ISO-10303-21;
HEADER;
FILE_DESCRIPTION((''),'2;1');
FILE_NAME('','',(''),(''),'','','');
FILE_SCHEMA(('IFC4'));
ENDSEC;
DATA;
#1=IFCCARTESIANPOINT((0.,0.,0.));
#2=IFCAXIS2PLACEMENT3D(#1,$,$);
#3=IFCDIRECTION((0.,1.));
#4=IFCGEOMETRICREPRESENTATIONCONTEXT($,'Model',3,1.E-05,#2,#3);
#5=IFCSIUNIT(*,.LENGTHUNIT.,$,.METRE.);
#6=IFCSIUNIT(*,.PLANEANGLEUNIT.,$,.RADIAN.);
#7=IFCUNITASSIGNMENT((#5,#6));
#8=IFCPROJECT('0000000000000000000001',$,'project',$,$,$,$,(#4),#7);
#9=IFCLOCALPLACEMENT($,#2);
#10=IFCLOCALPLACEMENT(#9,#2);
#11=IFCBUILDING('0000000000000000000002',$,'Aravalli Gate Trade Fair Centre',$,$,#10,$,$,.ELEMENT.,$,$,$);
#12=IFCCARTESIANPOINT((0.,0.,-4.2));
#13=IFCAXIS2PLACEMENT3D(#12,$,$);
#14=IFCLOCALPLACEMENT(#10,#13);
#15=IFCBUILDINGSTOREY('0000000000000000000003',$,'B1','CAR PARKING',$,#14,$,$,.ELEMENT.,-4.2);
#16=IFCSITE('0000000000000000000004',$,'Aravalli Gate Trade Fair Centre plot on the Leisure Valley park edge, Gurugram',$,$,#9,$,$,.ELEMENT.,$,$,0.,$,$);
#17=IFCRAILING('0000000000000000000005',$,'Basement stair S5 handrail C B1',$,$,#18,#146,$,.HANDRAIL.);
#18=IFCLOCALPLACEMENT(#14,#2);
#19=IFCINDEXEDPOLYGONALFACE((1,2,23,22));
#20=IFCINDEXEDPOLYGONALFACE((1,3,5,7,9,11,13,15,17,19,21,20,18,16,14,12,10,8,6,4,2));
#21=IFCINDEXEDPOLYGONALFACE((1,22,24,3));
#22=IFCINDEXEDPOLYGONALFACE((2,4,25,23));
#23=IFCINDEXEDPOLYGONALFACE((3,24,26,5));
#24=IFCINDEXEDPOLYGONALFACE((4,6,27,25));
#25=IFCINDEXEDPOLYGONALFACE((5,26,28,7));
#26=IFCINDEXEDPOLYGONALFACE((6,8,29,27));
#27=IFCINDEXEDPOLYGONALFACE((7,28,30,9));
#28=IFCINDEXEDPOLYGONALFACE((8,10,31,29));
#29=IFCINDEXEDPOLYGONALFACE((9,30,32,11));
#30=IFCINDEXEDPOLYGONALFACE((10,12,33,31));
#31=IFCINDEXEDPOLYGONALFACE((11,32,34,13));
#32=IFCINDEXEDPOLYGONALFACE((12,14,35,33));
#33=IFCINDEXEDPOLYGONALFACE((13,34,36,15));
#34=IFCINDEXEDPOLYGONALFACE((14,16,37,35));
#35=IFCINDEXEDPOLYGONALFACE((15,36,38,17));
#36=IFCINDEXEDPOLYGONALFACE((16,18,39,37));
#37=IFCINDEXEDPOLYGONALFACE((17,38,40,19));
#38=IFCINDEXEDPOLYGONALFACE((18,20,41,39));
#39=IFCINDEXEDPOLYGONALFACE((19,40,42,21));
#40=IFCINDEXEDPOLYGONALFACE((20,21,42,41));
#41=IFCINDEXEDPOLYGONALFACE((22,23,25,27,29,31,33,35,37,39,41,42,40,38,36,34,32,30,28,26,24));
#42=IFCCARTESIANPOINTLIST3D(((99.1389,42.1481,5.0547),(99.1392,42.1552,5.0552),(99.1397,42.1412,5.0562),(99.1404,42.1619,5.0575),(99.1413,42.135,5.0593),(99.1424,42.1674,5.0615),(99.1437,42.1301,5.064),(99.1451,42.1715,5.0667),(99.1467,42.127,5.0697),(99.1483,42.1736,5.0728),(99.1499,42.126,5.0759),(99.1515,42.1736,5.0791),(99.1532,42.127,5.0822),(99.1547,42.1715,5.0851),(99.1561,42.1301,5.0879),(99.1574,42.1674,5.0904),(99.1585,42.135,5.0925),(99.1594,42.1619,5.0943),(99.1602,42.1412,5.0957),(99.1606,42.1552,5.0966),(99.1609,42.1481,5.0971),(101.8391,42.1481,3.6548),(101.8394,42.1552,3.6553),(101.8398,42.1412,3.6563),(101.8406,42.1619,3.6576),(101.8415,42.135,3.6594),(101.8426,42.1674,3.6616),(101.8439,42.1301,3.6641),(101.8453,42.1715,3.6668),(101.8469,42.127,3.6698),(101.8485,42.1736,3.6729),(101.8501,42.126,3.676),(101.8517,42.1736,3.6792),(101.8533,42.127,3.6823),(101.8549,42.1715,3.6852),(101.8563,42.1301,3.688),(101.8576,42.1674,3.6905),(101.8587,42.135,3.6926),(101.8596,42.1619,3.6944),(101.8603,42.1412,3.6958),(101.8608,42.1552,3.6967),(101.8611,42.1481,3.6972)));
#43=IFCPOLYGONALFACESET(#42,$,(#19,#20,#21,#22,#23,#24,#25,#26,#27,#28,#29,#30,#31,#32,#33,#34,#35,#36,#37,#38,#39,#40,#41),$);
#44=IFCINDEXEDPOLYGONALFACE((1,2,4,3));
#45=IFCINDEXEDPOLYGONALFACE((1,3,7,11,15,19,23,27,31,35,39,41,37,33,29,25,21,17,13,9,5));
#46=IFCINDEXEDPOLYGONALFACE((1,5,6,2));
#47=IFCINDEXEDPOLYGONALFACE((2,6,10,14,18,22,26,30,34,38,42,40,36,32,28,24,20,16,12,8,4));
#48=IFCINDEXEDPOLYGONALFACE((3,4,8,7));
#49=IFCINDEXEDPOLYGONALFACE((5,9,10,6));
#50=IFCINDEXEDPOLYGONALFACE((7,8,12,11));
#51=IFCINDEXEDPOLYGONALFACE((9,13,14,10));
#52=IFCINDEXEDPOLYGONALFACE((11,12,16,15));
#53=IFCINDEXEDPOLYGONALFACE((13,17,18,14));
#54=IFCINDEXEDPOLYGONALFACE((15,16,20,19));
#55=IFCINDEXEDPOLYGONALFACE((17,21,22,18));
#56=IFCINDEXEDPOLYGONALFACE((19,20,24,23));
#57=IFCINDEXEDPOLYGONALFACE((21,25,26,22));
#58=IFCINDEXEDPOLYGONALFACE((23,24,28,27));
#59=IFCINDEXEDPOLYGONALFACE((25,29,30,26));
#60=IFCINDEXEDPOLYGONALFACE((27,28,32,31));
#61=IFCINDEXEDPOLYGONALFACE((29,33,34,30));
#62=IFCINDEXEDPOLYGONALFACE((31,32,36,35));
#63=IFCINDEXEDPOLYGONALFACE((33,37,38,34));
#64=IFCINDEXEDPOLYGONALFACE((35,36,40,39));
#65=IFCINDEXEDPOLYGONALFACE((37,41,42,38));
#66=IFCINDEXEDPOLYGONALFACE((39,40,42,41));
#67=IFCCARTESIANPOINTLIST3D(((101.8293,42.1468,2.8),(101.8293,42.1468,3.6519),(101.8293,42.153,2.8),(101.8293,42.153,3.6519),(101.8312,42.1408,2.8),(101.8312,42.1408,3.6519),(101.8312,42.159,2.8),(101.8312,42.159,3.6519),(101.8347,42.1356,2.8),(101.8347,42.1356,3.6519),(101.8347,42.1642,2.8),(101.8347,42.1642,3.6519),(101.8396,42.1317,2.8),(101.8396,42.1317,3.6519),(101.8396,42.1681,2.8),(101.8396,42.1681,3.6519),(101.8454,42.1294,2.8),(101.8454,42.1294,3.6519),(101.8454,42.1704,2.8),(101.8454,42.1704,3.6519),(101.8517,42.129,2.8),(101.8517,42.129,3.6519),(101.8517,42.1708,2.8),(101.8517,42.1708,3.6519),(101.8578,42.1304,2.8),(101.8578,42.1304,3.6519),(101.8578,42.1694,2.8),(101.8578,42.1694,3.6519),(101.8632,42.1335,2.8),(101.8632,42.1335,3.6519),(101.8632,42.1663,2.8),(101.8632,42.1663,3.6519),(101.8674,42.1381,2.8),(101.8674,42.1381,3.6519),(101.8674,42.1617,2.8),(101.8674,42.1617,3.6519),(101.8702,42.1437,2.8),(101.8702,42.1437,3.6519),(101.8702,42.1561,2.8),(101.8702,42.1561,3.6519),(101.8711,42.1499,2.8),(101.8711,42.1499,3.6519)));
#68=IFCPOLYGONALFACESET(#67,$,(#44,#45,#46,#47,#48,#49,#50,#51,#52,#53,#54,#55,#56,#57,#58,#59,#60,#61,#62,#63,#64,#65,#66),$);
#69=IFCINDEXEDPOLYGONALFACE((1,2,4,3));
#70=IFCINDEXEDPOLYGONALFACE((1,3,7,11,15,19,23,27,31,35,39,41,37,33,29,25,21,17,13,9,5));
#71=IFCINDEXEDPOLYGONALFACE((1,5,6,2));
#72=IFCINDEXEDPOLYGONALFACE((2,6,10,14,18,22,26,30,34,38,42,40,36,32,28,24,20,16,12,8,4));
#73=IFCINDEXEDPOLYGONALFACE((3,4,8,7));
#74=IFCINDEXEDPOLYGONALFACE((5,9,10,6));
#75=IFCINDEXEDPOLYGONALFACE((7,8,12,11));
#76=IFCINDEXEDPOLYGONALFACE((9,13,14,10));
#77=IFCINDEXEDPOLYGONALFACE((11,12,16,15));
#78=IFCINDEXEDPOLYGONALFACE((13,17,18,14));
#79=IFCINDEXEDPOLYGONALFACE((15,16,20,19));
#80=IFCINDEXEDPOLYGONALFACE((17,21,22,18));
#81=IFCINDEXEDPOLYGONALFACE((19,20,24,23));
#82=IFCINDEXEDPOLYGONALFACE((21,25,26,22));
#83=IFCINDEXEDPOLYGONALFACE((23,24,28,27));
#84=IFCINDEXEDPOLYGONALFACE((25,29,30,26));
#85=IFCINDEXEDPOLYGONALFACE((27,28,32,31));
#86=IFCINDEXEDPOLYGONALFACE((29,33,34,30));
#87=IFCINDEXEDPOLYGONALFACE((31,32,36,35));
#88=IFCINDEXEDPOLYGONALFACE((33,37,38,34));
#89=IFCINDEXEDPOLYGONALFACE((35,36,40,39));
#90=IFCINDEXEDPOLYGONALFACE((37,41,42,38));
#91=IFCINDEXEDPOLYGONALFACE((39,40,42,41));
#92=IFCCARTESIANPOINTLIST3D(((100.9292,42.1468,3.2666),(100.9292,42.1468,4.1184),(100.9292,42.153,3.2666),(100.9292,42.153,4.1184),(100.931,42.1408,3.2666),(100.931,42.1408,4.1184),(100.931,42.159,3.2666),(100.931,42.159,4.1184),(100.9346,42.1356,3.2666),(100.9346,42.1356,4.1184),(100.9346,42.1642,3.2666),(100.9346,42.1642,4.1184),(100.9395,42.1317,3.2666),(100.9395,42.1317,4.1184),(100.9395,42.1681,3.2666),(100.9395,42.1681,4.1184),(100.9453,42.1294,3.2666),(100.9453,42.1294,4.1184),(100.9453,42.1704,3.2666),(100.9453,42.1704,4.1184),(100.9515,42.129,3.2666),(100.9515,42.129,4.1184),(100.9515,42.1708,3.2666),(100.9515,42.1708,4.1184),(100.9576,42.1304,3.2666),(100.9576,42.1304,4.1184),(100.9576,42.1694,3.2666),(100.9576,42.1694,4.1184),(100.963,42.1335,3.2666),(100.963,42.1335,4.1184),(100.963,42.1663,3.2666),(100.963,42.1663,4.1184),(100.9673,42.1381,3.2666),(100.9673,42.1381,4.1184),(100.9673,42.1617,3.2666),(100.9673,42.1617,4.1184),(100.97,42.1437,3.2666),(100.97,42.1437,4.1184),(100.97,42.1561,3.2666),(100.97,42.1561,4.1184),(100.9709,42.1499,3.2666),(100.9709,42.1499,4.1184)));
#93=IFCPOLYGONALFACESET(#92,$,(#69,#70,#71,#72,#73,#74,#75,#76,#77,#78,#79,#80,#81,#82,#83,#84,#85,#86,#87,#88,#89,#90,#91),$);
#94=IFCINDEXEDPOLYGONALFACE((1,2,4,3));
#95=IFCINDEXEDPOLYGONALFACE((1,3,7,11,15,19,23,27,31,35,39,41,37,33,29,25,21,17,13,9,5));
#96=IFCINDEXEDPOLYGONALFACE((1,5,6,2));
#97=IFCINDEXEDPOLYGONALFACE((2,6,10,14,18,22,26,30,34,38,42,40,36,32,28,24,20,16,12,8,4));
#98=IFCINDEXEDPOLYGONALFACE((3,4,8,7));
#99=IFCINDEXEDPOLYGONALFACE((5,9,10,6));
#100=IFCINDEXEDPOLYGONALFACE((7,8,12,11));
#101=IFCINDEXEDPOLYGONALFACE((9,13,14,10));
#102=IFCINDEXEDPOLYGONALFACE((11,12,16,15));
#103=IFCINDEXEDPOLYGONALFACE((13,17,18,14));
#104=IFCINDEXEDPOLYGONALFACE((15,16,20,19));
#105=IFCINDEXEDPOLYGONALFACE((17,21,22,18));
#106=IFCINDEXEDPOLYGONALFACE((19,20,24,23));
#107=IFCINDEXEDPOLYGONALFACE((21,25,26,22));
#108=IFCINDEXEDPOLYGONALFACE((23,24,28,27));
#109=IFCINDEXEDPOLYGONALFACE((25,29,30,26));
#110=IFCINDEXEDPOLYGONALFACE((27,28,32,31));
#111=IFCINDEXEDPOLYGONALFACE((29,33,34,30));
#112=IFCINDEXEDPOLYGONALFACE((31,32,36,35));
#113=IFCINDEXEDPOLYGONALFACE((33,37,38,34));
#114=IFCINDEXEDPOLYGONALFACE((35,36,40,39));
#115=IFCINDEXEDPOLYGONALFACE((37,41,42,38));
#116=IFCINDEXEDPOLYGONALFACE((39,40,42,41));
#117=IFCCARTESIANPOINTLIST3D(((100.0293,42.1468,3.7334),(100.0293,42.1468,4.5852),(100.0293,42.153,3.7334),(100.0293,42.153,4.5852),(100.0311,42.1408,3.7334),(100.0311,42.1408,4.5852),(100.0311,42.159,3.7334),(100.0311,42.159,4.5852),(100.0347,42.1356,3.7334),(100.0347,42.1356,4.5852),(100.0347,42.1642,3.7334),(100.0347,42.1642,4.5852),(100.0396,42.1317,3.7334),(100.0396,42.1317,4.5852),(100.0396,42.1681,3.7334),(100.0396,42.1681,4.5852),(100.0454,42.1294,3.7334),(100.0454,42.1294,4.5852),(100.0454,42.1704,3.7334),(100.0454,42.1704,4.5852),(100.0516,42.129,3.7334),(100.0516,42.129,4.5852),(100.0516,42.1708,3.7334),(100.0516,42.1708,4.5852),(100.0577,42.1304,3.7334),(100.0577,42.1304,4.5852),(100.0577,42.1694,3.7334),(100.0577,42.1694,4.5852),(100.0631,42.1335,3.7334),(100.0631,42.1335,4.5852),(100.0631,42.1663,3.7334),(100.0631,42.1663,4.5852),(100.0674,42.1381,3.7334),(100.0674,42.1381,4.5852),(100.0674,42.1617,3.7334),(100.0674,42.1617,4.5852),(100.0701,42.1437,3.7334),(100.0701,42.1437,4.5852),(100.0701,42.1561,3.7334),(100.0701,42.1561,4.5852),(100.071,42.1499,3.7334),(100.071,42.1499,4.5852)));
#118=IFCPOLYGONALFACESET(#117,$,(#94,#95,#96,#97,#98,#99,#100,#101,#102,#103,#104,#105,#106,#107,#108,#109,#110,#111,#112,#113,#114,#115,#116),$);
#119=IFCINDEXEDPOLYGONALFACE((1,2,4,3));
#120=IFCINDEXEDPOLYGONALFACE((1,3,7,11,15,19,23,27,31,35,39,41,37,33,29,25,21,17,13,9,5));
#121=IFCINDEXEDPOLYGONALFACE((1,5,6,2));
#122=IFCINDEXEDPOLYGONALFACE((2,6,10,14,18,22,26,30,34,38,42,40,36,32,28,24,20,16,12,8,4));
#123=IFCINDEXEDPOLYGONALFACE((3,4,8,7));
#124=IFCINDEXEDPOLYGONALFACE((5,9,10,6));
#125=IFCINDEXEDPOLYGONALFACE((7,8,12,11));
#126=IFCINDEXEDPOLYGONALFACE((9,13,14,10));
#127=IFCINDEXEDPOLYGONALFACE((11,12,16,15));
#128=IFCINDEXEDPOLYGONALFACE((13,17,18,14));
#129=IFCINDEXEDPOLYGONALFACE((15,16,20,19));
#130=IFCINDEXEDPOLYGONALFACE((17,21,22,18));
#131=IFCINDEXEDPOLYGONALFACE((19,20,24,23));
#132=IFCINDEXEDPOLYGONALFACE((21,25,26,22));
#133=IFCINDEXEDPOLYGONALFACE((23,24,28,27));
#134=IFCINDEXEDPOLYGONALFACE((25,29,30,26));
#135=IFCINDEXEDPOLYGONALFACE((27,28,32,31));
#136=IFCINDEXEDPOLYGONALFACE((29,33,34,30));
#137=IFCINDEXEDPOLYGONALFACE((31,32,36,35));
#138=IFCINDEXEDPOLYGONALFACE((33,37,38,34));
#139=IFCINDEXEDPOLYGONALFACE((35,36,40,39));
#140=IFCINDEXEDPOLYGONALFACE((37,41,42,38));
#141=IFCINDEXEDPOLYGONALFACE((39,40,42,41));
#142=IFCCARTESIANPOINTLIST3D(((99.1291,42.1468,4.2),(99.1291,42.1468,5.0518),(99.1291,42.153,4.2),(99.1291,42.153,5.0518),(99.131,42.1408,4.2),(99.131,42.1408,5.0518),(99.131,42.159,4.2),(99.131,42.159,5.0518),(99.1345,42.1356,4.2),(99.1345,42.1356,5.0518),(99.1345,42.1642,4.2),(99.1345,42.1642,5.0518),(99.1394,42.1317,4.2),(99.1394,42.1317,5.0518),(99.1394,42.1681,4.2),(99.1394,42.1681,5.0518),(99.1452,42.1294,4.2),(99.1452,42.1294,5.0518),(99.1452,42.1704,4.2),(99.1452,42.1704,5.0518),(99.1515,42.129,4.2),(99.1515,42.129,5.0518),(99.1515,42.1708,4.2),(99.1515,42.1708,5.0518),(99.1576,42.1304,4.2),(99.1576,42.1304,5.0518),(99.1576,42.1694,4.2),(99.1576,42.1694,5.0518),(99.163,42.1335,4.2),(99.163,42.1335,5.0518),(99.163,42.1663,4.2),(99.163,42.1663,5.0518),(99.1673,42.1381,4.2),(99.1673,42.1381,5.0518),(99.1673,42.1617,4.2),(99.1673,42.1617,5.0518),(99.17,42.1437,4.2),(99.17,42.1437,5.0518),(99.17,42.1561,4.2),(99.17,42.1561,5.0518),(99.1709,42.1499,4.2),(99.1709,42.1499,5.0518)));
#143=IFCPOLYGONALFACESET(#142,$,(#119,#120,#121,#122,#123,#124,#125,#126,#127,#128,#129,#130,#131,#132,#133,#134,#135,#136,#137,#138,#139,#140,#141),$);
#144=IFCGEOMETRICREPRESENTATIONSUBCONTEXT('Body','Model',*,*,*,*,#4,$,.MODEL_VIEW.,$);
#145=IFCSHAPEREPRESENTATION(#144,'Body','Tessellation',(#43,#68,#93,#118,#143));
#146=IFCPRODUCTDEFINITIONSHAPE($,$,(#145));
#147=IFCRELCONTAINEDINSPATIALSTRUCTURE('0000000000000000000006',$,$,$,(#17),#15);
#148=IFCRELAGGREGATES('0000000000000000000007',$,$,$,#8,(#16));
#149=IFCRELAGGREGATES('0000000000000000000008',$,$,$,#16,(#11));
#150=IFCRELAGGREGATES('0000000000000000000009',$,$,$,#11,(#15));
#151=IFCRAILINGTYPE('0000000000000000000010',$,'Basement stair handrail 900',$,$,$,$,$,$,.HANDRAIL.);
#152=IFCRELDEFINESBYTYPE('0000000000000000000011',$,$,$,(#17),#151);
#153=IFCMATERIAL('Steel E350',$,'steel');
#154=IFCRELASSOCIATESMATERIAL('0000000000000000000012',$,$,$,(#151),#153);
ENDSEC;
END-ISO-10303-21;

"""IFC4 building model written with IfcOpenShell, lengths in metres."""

from ifc_helpers import new_model, si_unit, direction, frame, origin, origin_2d, place, context, subcontext, project, spatial, circle, extrude, material, type_object, element, save


model = new_model("IFC4")

# Units and contexts
model_context = context("Model", 3, precision=1e-05, world=origin(), true_north=direction((0.0, 1.0)))
body_context = subcontext(model_context, "Body", "Model", "MODEL_VIEW")
ifc_project = project(units=[si_unit("LENGTHUNIT", "METRE"), si_unit("PLANEANGLEUNIT", "RADIAN")], contexts=[model_context])

# Site, building, storey
site_placement = place(None, origin())
site = spatial("IfcSite", under=ifc_project, at=site_placement, Name="Aravalli Gate Trade Fair Centre plot on the Leisure Valley park edge, Gurugram", CompositionType="ELEMENT", RefElevation=0.0)
building_placement = place(site_placement, origin())
building = spatial("IfcBuilding", under=site, at=building_placement, Name="Aravalli Gate Trade Fair Centre", CompositionType="ELEMENT")
storey_placement = place(building_placement, frame((0.0, 0.0, -4.2)))
storey = spatial("IfcBuildingStorey", under=building, at=storey_placement, Name="B1", Description="CAR PARKING", CompositionType="ELEMENT", Elevation=-4.2)

# Railing
ifc_material_1 = material(Name="Steel E350", Category="steel")
railing_type_1 = type_object("IfcRailingType", Name="Basement stair handrail 900", PredefinedType="HANDRAIL", material=ifc_material_1)
for number, where, name in (
    (1, (101.8501, 42.1499, 2.8), "Basement stair S5 handrail C B1"),
):
    element("IfcRailing", number, at=place(storey_placement, frame(where)), inside=storey, type_object=railing_type_1, Name=name, PredefinedType="HANDRAIL", context=body_context, shape_type="SweptSolid", body=[
        extrude(circle(Radius=0.0239, at=origin_2d()), frame((0.0, 0.0, 0.876), z_axis=(-0.887781, 0.0, 0.460266), x_axis=(0.0, -1.0, 0.0)), (0.0, 0.0, 1.0), 3.0415),
        extrude(circle(Radius=0.021, at=origin_2d()), origin(), (0.0, 0.0, 1.0), 0.8518),
        extrude(circle(Radius=0.021, at=origin_2d()), frame((-0.9001, 0.0, 0.4666)), (0.0, 0.0, 1.0), 0.8518),
        extrude(circle(Radius=0.021, at=origin_2d()), frame((-1.8, 0.0, 0.9333)), (0.0, 0.0, 1.0), 0.8518),
        extrude(circle(Radius=0.021, at=origin_2d()), frame((-2.7002, 0.0, 1.3999)), (0.0, 0.0, 1.0), 0.8518),
    ])

save(model, "model.ifc")
